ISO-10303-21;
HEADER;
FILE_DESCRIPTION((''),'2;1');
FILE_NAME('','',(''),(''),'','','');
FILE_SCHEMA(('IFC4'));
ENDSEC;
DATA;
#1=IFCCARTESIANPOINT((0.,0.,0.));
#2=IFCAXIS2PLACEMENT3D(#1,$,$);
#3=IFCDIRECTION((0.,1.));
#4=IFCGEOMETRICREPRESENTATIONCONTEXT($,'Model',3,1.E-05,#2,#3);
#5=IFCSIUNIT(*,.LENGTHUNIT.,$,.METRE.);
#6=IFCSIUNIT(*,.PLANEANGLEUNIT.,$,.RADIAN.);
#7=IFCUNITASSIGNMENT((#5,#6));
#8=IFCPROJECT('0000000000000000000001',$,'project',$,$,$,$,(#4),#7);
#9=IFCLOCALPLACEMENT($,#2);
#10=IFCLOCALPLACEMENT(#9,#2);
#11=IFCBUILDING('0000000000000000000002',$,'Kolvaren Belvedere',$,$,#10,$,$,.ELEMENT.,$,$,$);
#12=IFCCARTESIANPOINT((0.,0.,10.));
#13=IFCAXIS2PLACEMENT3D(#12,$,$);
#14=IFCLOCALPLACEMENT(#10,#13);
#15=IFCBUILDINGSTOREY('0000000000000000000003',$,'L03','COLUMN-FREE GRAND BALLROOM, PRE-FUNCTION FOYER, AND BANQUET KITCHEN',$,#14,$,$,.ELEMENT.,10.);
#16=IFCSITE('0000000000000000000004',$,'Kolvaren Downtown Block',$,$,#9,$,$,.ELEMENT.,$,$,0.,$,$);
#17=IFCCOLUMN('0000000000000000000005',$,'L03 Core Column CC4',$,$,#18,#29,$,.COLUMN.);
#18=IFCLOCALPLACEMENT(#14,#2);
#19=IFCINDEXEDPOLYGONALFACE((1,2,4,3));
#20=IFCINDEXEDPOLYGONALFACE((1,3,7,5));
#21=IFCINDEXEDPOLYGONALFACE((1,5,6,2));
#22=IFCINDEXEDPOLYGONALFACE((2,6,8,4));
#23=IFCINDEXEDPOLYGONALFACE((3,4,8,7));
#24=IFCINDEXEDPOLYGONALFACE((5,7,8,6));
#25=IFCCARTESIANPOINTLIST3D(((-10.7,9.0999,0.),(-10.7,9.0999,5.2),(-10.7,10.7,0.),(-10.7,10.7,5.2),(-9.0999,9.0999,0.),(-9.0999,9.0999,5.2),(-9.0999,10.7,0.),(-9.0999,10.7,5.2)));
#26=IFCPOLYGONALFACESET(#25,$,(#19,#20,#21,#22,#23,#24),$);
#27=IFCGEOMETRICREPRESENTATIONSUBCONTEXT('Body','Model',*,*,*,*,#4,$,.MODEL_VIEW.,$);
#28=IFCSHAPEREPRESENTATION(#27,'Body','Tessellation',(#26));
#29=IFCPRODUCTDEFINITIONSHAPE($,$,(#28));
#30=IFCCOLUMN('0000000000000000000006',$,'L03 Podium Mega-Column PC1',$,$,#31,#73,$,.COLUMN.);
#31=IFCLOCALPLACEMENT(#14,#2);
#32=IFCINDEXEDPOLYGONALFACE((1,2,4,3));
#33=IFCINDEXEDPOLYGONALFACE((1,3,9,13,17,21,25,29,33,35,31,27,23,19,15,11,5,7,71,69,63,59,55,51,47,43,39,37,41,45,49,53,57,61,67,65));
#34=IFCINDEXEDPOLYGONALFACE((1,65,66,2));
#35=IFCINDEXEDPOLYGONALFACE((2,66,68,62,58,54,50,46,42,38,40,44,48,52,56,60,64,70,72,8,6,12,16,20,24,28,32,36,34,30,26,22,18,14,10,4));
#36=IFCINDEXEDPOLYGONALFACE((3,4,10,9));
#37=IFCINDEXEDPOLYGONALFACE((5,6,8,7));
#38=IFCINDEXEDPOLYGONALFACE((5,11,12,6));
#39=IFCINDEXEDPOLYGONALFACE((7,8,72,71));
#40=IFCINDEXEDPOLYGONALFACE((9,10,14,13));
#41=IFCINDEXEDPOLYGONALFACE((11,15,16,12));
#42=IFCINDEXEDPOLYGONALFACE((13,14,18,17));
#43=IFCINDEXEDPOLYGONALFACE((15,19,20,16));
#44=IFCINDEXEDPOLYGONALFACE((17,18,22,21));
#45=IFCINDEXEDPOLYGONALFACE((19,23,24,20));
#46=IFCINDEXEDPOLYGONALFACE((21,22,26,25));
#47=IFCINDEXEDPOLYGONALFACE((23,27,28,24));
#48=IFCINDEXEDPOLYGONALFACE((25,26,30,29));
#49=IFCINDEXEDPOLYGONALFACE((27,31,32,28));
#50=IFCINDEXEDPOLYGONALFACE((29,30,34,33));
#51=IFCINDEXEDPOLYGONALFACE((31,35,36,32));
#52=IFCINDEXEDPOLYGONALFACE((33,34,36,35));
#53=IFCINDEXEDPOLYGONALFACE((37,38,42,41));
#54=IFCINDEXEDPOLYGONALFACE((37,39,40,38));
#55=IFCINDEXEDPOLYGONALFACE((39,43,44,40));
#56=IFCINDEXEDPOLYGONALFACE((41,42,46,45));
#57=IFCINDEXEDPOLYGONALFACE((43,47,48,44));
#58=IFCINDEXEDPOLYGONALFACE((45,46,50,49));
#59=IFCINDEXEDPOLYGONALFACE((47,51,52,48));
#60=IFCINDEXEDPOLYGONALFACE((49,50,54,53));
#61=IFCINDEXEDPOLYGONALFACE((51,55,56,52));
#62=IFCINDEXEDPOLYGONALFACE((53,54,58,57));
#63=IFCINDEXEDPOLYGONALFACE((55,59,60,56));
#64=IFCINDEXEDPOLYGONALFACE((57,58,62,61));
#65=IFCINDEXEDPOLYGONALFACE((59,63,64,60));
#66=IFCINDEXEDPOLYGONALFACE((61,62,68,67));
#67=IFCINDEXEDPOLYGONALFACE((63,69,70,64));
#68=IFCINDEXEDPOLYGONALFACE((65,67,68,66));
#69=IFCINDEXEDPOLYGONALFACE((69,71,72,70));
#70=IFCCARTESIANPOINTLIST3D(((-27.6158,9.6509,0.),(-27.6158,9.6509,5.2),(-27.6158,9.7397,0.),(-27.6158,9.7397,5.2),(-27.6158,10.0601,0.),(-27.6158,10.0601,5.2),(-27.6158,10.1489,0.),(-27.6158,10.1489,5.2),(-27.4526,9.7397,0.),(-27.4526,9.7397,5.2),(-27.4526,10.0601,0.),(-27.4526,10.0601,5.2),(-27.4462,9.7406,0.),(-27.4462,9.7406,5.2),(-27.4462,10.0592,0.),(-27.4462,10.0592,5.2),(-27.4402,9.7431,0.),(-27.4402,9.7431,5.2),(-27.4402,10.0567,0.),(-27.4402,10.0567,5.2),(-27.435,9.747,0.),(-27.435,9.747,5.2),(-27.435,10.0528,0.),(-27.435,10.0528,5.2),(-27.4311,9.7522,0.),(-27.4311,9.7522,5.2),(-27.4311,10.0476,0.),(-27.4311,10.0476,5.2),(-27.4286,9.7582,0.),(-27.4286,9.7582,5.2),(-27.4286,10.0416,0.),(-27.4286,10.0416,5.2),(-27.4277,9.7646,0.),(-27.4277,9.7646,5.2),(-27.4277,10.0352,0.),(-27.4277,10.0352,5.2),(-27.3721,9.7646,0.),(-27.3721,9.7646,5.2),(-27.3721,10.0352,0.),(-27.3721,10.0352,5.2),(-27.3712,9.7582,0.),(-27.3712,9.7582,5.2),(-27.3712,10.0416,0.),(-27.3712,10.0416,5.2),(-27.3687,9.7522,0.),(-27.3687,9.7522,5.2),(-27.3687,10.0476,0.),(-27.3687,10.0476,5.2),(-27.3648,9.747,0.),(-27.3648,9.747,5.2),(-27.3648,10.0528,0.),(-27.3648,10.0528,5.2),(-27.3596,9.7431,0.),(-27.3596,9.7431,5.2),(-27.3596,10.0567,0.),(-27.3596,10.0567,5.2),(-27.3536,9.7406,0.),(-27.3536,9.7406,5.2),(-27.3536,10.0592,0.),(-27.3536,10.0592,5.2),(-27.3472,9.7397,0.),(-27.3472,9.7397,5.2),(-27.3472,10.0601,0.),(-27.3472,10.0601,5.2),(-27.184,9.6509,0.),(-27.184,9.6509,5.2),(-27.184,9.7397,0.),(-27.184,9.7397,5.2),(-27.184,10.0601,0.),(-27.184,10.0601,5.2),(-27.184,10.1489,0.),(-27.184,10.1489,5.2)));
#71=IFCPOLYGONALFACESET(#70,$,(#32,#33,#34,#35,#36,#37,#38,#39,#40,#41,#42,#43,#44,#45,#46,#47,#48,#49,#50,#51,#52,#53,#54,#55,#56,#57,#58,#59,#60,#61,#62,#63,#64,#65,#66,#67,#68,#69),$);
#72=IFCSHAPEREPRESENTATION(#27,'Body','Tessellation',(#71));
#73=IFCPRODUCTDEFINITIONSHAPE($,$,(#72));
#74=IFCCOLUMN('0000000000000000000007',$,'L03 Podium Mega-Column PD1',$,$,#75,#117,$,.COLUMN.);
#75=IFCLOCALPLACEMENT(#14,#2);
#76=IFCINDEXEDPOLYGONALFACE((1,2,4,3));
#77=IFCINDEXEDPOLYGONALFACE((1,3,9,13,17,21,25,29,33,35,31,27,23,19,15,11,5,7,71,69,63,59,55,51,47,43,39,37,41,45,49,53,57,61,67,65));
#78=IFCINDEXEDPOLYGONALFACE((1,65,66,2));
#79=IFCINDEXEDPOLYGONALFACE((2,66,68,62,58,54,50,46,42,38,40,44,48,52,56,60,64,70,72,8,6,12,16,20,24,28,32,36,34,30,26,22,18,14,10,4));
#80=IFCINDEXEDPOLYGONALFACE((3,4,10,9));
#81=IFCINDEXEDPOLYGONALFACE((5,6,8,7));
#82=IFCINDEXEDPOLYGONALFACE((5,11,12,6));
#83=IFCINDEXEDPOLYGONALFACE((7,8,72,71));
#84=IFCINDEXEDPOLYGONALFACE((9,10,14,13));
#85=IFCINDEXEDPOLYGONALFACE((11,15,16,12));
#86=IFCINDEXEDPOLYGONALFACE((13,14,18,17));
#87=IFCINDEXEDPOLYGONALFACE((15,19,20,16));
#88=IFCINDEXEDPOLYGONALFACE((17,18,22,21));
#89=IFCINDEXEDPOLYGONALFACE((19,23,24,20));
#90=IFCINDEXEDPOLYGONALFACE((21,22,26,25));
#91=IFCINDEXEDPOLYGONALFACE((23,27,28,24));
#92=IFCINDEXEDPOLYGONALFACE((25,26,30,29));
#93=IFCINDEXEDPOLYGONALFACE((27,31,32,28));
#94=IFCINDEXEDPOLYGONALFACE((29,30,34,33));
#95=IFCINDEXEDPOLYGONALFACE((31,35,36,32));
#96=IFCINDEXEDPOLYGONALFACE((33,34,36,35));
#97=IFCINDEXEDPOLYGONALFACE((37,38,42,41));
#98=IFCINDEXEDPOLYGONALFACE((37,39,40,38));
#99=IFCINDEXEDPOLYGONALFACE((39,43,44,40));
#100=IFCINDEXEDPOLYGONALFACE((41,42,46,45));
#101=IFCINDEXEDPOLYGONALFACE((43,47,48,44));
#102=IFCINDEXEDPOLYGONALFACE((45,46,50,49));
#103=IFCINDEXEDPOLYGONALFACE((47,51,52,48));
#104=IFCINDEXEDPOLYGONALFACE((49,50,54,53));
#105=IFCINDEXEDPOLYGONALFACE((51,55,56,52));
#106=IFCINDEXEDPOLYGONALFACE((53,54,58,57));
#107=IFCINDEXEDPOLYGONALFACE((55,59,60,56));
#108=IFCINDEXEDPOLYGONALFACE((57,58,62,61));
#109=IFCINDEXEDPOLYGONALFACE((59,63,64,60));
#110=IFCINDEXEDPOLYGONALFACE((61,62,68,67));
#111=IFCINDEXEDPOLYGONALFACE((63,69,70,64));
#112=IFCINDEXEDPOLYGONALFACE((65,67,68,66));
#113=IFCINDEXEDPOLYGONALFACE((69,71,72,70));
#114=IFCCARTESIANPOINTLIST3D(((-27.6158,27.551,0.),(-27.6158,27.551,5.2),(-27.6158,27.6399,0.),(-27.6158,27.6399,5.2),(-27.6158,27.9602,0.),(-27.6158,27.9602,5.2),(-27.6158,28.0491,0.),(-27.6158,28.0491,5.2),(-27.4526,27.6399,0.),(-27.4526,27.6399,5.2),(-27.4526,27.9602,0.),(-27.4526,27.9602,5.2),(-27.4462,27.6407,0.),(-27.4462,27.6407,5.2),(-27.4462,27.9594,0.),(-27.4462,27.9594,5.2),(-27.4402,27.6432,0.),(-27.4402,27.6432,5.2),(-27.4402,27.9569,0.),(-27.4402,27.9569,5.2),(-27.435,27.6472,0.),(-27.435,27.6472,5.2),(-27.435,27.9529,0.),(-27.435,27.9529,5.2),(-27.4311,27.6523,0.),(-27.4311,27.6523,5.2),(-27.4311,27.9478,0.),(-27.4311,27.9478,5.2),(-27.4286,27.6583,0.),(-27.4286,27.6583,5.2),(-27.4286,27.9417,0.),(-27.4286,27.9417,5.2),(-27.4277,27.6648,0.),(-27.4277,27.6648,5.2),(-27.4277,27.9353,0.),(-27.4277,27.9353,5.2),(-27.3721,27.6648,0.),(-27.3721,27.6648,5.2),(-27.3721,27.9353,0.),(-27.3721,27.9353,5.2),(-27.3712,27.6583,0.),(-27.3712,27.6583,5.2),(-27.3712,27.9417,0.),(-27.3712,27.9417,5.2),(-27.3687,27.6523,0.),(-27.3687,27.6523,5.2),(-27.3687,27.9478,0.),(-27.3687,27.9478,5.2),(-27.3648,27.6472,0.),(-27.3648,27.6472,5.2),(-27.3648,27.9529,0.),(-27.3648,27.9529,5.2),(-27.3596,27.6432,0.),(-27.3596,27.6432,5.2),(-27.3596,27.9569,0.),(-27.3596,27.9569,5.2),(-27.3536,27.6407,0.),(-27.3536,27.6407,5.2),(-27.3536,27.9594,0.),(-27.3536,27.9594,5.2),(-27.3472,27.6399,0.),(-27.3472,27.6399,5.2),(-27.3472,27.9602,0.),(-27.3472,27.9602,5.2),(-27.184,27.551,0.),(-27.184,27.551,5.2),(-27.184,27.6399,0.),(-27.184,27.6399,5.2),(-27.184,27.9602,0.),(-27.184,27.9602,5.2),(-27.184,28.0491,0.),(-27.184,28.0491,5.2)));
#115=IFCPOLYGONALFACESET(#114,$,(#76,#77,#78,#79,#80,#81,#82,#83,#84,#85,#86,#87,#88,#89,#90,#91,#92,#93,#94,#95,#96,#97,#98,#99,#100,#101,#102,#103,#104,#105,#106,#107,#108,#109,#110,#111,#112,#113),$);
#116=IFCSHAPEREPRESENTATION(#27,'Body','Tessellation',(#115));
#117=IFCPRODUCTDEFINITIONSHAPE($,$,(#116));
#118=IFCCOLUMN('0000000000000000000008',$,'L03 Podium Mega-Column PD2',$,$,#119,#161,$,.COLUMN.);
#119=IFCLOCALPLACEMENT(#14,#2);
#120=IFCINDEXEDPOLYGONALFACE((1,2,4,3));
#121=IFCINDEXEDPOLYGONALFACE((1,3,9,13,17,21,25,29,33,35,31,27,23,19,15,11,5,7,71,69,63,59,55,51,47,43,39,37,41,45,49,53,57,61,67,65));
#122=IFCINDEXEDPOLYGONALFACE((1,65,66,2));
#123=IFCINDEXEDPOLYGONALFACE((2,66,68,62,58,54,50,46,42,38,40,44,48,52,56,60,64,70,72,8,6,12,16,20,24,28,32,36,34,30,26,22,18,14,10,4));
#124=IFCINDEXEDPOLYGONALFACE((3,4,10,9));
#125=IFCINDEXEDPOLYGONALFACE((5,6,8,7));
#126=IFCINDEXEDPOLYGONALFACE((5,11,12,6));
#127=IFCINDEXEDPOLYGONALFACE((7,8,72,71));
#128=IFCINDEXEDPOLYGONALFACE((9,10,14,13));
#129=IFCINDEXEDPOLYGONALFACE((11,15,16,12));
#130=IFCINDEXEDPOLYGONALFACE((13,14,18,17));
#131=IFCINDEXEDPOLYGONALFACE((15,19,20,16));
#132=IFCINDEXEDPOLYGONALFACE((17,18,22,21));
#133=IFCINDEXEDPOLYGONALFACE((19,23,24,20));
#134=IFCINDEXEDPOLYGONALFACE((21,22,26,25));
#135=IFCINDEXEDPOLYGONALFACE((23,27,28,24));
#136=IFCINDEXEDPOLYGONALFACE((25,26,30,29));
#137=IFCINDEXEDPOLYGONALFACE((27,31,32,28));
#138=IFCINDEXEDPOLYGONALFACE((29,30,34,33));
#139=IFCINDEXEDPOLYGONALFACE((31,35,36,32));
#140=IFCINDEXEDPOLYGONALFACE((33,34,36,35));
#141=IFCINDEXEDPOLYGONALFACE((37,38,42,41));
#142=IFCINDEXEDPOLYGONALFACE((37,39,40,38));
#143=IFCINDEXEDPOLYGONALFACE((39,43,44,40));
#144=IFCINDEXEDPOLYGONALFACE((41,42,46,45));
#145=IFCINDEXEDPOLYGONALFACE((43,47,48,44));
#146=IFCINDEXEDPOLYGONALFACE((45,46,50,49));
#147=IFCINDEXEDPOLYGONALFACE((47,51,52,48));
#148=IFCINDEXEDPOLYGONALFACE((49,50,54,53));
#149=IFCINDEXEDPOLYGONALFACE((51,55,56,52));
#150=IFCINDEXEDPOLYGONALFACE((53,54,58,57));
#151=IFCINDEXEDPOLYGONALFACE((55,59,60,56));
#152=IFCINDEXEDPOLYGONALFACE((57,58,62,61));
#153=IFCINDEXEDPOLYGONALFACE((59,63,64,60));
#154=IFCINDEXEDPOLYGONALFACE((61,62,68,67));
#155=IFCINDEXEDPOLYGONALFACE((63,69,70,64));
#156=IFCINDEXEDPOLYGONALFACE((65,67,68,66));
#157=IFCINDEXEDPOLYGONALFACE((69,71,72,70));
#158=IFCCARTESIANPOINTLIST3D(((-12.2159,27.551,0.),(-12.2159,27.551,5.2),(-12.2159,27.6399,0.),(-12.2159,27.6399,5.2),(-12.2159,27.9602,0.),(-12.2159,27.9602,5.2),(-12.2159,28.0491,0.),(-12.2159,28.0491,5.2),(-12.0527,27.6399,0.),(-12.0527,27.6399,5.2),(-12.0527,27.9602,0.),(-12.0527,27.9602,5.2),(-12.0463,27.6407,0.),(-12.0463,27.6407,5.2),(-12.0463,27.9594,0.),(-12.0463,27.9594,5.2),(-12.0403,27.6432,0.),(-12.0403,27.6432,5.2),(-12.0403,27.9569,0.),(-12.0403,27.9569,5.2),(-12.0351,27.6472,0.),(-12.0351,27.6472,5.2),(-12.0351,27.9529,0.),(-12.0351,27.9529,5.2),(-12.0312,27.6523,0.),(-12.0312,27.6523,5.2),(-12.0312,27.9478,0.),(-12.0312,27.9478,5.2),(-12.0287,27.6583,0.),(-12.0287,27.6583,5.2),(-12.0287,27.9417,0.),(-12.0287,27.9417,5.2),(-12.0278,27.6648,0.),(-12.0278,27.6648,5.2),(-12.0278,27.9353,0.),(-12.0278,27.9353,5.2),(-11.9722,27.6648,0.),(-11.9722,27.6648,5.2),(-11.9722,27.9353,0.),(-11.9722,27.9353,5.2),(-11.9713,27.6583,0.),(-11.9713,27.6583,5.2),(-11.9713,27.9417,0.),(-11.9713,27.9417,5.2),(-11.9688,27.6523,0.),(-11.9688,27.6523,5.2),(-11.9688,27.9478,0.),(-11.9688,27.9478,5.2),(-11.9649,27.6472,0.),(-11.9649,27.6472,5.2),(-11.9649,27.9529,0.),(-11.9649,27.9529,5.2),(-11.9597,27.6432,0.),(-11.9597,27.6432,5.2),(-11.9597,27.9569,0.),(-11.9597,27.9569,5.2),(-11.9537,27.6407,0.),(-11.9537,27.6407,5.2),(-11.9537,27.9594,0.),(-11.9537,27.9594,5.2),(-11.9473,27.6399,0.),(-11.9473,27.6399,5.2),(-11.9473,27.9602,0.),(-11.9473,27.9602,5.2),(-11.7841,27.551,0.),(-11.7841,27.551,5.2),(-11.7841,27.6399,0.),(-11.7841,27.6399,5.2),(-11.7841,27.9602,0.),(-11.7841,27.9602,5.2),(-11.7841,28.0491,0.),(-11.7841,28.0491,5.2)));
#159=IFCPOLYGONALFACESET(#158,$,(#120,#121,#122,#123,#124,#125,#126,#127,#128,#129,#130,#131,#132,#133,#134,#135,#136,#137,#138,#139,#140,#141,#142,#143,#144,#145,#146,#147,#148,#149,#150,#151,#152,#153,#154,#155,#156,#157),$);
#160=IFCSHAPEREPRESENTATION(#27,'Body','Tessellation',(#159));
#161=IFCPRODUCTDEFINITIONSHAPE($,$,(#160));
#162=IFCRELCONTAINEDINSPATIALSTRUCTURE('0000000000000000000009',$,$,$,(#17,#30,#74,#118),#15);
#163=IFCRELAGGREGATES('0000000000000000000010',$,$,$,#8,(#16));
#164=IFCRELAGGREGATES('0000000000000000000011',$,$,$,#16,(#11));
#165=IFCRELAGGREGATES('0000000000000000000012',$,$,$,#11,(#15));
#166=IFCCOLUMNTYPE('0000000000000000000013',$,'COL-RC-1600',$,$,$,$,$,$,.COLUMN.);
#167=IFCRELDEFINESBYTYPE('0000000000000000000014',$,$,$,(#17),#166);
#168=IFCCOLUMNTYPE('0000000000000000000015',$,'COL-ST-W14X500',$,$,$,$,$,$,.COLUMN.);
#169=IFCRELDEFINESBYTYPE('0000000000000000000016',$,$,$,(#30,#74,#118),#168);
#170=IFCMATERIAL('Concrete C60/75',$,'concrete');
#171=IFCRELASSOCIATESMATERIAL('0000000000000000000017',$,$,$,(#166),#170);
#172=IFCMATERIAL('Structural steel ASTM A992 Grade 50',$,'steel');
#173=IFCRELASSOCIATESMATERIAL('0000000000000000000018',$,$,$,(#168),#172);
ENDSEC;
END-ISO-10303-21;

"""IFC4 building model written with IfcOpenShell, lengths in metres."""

from ifc_helpers import new_model, si_unit, direction, frame, origin, origin_2d, place, context, subcontext, project, spatial, rectangle, i_section, extrude, material, material_profile, profile_set, type_object, element, save


model = new_model("IFC4")

# Units and contexts
model_context = context("Model", 3, precision=1e-05, world=origin(), true_north=direction((0.0, 1.0)))
body_context = subcontext(model_context, "Body", "Model", "MODEL_VIEW")
ifc_project = project(units=[si_unit("LENGTHUNIT", "METRE"), si_unit("PLANEANGLEUNIT", "RADIAN")], contexts=[model_context])

# Site, building, storey
site_placement = place(None, origin())
site = spatial("IfcSite", under=ifc_project, at=site_placement, Name="Kolvaren Downtown Block", CompositionType="ELEMENT", RefElevation=0.0)
building_placement = place(site_placement, origin())
building = spatial("IfcBuilding", under=site, at=building_placement, Name="Kolvaren Belvedere", CompositionType="ELEMENT")
storey_placement = place(building_placement, frame((0.0, 0.0, 10.0)))
storey = spatial("IfcBuildingStorey", under=building, at=storey_placement, Name="L03", Description="COLUMN-FREE GRAND BALLROOM, PRE-FUNCTION FOYER, AND BANQUET KITCHEN", CompositionType="ELEMENT", Elevation=10.0)

# Columns
ifc_material_1 = material(Name="Concrete C60/75", Category="concrete")
ifc_material_profile_1 = material_profile(ifc_material_1, rectangle(XDim=1.6001, YDim=1.6001, at=origin_2d()), Name="RC 1600X1600")
ifc_profile_set_1 = profile_set([ifc_material_profile_1], Name="Concrete C60/75")
column_type_1 = type_object("IfcColumnType", Name="COL-RC-1600", PredefinedType="COLUMN", material=ifc_profile_set_1)
column_placement = place(storey_placement, frame((-9.8999, 9.8999, 0.0), z_axis=(0.0, 0.0, 1.0), x_axis=(1.0, 0.0, 0.0)))
element("IfcColumn", 1, at=column_placement, inside=storey, type_object=column_type_1, Name="L03 Core Column CC4", PredefinedType="COLUMN", context=body_context, shape_type="SweptSolid", body=[
    extrude(rectangle(XDim=1.6001, YDim=1.6001, at=origin_2d()), origin(), (0.0, 0.0, 1.0), 5.2),
])
ifc_material_2 = material(Name="Structural steel ASTM A992 Grade 50", Category="steel")
ifc_material_profile_2 = material_profile(ifc_material_2, i_section(OverallWidth=0.4319, OverallDepth=0.498, WebThickness=0.0557, FlangeThickness=0.0889, FilletRadius=0.0249, at=origin_2d()), Name="W14X500")
ifc_profile_set_2 = profile_set([ifc_material_profile_2], Name="Structural steel ASTM A992 Grade 50")
column_type_2 = type_object("IfcColumnType", Name="COL-ST-W14X500", PredefinedType="COLUMN", material=ifc_profile_set_2)
for number, where, z_axis, x_axis, name in (
    (2, (-27.3999, 9.8999, 0.0), (0.0, 0.0, 1.0), (1.0, 0.0, 0.0), "L03 Podium Mega-Column PC1"),
    (3, (-27.3999, 27.8, 0.0), (0.0, 0.0, 1.0), (1.0, 0.0, 0.0), "L03 Podium Mega-Column PD1"),
    (4, (-12.0, 27.8, 0.0), (0.0, 0.0, 1.0), (1.0, 0.0, 0.0), "L03 Podium Mega-Column PD2"),
):
    element("IfcColumn", number, at=place(storey_placement, frame(where, z_axis=z_axis, x_axis=x_axis)), inside=storey, type_object=column_type_2, Name=name, PredefinedType="COLUMN", context=body_context, shape_type="SweptSolid", body=[
        extrude(i_section(OverallWidth=0.4319, OverallDepth=0.498, WebThickness=0.0557, FlangeThickness=0.0889, FilletRadius=0.0249, at=origin_2d()), origin(), (0.0, 0.0, 1.0), 5.2),
    ])

save(model, "model.ifc")
